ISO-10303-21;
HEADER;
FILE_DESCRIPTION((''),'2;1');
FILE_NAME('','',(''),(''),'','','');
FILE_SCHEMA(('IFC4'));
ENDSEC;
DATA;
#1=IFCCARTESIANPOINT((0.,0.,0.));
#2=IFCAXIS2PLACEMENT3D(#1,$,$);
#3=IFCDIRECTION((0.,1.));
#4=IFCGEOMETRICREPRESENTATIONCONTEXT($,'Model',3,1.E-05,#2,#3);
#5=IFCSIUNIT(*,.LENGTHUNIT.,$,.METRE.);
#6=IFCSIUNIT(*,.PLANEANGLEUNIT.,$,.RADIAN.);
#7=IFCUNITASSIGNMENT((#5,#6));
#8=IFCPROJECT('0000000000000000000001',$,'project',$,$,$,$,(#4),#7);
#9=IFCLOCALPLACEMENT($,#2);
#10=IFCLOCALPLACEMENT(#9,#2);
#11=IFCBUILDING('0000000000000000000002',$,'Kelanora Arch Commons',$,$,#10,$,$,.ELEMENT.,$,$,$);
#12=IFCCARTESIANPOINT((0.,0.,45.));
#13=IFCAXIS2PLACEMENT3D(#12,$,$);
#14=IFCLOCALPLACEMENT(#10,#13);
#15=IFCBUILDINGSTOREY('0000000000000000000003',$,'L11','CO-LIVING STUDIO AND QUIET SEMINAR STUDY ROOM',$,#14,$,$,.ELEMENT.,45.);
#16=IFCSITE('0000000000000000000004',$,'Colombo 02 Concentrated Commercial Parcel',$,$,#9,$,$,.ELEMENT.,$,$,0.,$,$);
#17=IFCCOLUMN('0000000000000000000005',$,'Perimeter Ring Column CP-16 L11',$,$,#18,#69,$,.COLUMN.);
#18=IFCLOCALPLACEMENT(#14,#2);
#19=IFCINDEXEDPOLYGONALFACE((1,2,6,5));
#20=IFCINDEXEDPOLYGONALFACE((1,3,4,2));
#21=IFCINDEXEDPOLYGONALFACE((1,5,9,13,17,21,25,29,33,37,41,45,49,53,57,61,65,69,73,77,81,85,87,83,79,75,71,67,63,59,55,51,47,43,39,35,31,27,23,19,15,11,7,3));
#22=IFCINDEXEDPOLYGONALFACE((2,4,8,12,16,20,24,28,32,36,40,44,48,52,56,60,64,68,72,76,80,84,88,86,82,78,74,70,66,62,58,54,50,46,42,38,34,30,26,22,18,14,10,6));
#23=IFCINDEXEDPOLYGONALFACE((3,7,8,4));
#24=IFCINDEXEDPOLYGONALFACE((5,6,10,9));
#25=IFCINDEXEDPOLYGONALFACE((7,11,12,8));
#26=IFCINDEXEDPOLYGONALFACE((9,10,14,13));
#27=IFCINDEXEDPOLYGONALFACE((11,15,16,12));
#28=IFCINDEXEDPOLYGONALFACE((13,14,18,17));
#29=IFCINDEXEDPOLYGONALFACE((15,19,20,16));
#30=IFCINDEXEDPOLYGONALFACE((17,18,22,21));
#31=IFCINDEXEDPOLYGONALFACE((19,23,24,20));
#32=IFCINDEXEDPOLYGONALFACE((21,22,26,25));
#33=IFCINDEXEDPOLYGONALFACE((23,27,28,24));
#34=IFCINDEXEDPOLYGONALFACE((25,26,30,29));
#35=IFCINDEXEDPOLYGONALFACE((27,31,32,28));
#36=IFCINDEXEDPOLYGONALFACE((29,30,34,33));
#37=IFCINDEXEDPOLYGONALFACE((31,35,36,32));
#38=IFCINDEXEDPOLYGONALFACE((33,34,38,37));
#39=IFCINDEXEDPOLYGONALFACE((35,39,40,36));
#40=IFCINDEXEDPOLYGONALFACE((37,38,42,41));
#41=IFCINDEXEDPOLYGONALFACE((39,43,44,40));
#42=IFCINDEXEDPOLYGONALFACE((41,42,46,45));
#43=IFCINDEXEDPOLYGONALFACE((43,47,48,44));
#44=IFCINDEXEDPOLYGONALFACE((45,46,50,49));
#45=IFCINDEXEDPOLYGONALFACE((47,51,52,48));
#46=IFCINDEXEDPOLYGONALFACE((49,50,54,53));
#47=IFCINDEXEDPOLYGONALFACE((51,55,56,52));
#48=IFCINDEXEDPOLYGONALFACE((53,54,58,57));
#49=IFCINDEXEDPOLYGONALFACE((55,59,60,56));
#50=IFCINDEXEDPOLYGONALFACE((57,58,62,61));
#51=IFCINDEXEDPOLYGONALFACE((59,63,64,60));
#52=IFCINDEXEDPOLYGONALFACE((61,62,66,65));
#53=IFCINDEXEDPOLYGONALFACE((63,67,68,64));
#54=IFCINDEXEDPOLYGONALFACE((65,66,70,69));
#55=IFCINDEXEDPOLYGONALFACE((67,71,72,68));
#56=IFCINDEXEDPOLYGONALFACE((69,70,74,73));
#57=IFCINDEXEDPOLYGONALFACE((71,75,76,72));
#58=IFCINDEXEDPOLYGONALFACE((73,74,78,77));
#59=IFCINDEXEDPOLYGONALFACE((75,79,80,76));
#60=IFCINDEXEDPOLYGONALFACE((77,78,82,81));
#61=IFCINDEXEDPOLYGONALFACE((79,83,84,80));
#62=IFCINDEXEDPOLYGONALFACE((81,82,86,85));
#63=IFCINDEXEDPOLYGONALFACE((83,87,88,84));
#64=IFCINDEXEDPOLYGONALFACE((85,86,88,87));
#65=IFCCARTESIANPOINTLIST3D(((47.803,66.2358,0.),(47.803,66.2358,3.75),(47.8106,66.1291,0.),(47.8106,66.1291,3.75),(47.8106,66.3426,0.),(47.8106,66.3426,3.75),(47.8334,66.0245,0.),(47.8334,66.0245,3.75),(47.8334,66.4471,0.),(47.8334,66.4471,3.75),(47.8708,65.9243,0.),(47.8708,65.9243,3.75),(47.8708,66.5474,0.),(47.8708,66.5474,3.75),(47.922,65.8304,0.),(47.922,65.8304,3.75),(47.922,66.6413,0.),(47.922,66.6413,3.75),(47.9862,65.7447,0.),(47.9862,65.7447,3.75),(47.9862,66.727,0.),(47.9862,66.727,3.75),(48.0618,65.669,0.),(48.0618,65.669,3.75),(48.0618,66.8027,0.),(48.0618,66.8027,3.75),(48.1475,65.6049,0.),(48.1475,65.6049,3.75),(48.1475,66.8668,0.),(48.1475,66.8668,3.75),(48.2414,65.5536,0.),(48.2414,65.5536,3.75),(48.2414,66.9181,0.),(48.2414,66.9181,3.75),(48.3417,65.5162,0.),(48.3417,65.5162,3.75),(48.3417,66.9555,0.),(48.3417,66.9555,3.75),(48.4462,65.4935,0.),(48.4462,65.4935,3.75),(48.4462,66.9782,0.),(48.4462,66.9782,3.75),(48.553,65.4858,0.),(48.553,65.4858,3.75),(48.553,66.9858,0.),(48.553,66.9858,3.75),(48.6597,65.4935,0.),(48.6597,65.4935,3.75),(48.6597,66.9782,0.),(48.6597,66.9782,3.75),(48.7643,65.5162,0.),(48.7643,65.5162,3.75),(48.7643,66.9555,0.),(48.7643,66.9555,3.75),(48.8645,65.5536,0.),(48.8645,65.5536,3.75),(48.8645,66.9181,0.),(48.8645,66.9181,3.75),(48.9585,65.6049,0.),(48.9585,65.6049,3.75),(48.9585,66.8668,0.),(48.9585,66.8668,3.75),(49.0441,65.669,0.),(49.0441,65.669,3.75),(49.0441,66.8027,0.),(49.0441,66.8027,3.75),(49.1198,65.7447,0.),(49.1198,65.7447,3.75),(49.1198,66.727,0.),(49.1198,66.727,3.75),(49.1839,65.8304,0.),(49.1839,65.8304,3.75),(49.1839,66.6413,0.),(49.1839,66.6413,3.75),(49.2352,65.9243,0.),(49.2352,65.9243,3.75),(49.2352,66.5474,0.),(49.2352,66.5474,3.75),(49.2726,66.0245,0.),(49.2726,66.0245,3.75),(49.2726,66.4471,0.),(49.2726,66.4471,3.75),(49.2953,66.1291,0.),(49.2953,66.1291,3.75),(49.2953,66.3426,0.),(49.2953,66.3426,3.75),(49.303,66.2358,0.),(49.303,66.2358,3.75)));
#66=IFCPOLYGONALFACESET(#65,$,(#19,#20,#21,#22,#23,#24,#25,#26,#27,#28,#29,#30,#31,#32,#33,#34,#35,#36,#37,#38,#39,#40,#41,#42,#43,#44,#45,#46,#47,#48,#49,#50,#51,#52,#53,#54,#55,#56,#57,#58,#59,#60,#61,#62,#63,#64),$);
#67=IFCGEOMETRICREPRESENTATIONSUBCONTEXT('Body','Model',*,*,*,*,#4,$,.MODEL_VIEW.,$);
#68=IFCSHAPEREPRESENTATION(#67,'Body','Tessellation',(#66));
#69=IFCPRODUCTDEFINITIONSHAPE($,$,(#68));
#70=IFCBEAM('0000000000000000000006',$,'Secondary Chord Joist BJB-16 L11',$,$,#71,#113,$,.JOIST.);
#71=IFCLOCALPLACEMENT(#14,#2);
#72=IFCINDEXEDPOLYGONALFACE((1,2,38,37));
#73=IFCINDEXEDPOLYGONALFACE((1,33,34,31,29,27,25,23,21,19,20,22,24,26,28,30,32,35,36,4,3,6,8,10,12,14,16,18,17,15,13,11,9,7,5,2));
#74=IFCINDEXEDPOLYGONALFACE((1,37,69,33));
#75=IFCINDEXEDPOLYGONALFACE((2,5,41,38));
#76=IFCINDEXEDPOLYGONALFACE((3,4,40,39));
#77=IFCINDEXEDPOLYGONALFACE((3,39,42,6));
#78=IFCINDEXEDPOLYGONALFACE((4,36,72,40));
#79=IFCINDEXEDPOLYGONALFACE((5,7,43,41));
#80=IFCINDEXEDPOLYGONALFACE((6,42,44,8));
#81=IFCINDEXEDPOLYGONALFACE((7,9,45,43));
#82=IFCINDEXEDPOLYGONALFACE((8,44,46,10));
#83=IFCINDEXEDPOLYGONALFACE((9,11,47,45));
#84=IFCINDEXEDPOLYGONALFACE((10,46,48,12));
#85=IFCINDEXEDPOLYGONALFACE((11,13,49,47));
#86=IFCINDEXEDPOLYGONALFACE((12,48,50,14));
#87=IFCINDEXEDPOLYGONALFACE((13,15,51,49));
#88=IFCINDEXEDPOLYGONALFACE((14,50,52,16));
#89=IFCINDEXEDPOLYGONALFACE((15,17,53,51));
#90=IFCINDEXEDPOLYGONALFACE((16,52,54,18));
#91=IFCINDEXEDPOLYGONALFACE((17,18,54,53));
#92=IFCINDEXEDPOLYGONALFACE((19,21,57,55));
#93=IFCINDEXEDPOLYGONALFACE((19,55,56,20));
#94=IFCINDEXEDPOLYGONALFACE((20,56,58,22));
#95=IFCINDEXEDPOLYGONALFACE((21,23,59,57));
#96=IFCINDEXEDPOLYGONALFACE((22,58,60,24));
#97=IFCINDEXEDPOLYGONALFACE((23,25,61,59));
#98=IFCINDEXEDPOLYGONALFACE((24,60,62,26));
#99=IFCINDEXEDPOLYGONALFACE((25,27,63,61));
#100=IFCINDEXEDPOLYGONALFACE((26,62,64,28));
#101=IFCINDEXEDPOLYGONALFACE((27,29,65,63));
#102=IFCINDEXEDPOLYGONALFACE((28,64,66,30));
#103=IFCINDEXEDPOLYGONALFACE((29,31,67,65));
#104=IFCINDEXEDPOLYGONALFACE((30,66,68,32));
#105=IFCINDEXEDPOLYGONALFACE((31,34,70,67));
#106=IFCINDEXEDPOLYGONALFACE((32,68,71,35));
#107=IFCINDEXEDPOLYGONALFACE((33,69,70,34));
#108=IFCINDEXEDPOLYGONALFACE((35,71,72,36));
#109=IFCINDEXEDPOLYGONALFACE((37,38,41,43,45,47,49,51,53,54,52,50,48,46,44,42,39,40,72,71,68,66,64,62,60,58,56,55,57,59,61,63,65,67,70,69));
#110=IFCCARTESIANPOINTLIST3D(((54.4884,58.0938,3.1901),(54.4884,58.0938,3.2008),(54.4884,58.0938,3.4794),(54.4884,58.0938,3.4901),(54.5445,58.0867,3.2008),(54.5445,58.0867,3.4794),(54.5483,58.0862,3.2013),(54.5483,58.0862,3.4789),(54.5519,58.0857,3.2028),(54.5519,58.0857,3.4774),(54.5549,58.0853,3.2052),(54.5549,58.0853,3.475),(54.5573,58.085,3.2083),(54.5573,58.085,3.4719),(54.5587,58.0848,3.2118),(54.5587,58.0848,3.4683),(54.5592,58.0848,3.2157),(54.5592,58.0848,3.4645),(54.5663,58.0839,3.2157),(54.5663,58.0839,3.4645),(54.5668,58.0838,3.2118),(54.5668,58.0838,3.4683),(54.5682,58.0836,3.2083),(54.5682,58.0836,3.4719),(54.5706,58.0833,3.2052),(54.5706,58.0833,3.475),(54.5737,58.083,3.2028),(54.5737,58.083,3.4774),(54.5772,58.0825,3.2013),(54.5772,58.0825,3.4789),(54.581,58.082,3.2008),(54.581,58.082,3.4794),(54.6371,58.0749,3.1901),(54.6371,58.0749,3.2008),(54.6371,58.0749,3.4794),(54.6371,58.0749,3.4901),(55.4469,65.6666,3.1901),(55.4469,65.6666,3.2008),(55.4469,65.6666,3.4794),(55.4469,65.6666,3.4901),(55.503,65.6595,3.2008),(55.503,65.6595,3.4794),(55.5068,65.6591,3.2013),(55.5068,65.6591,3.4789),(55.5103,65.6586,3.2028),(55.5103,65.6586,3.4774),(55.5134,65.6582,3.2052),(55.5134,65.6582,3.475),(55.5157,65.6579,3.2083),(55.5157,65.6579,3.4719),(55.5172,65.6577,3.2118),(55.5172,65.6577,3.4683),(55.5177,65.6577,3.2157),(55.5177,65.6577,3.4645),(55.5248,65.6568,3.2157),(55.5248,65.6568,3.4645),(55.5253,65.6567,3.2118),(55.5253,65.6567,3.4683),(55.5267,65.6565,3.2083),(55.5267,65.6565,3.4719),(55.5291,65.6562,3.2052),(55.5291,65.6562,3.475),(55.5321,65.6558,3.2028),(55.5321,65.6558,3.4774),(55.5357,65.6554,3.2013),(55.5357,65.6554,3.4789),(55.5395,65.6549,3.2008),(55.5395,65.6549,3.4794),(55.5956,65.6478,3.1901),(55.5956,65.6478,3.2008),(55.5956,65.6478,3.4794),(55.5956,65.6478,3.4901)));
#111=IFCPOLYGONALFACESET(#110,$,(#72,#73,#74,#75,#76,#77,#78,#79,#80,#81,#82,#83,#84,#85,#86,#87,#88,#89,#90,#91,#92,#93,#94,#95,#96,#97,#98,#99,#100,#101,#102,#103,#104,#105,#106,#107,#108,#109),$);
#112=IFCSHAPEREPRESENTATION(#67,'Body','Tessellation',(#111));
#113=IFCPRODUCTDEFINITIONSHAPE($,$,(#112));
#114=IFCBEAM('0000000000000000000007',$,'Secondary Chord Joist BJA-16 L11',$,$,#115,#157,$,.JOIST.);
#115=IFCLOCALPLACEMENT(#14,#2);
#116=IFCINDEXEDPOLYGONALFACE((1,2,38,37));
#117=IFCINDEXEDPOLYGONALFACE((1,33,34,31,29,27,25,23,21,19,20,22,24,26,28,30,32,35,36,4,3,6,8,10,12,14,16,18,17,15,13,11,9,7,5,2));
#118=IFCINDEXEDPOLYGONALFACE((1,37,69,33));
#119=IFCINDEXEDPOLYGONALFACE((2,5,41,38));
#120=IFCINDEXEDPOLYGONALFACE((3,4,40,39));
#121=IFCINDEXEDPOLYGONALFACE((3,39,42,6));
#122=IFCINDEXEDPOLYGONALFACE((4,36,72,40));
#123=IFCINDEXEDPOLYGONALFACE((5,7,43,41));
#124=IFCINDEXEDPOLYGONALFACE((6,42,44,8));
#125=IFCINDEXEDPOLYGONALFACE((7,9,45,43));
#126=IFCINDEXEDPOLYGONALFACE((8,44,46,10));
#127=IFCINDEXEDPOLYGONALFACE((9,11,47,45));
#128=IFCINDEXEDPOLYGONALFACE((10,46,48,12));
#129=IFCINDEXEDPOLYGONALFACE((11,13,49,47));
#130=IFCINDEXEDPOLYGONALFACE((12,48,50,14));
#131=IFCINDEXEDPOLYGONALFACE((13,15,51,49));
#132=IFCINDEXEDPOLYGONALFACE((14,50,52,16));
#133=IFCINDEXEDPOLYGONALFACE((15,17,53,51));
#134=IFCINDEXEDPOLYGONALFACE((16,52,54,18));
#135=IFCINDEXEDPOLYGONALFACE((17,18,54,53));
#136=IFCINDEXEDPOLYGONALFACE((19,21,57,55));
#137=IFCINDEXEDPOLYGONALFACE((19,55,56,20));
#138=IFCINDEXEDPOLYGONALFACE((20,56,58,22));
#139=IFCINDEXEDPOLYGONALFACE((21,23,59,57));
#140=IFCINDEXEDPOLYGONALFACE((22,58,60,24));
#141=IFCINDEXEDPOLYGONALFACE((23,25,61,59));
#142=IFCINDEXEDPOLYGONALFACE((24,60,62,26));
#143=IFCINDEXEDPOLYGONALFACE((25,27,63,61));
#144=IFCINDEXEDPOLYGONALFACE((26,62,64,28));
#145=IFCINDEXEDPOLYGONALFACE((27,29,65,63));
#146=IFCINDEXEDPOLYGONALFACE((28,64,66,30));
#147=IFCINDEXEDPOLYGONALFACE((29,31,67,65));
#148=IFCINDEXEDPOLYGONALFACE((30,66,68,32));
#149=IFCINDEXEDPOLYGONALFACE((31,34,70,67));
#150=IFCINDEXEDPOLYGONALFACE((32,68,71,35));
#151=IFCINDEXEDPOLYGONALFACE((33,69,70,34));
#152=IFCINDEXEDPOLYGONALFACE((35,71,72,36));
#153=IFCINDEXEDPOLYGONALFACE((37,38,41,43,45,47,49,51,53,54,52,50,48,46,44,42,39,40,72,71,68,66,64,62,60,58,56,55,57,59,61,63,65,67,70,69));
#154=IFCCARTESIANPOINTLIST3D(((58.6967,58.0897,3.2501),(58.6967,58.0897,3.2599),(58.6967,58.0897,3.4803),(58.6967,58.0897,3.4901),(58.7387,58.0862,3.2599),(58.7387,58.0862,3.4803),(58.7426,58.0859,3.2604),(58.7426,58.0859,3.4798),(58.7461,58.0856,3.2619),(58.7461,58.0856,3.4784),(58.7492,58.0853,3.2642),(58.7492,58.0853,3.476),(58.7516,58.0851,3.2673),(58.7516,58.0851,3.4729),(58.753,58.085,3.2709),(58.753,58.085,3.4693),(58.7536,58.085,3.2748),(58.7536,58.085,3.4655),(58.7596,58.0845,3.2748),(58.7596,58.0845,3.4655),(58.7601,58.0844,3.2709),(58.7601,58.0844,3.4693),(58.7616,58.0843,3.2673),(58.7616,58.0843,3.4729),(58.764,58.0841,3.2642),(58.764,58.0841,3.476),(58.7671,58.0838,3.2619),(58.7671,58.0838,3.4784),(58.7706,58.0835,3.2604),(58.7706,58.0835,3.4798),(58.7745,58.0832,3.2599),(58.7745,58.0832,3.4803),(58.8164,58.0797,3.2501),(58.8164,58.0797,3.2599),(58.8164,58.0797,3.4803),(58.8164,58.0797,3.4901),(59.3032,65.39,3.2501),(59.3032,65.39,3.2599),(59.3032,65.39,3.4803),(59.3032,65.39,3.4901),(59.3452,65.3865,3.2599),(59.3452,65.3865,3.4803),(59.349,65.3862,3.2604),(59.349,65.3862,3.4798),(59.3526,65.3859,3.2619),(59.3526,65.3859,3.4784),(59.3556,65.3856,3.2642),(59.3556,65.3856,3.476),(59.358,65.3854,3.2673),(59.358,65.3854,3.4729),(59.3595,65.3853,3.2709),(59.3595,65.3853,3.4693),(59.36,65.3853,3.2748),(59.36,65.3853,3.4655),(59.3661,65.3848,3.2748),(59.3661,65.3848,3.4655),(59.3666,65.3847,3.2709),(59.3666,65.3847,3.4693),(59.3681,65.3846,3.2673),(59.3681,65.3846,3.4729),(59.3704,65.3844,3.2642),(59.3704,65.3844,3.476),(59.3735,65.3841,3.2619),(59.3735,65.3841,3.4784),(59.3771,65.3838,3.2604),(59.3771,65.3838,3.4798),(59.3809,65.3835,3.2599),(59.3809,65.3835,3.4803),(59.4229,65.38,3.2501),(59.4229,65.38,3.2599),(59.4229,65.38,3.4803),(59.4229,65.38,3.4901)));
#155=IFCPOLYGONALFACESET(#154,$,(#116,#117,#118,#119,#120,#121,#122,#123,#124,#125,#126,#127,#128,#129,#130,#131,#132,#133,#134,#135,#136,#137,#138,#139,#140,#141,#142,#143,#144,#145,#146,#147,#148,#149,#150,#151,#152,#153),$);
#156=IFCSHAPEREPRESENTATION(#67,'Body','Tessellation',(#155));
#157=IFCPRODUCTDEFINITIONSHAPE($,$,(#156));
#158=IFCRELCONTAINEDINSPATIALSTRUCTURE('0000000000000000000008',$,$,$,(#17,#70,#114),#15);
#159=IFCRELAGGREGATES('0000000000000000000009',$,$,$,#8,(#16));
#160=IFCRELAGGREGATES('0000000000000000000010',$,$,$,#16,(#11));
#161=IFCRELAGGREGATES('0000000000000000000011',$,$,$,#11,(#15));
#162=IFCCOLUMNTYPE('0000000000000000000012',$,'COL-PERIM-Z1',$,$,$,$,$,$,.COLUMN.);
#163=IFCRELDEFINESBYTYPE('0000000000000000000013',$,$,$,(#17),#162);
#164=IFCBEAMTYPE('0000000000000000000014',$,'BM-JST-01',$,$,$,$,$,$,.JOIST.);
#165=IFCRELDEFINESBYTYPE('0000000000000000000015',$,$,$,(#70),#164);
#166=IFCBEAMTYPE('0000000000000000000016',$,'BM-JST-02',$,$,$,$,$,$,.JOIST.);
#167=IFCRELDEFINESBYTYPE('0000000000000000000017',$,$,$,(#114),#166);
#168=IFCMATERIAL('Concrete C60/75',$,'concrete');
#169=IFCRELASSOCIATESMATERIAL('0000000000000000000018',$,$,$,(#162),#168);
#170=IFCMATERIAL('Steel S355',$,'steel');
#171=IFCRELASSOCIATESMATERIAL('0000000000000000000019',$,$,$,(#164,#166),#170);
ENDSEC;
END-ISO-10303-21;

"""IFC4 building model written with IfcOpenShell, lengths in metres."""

from ifc_helpers import new_model, si_unit, direction, frame, origin, origin_2d, place, context, subcontext, project, spatial, circle, i_section, extrude, material, material_profile, profile_set, type_object, element, save


model = new_model("IFC4")

# Units and contexts
model_context = context("Model", 3, precision=1e-05, world=origin(), true_north=direction((0.0, 1.0)))
body_context = subcontext(model_context, "Body", "Model", "MODEL_VIEW")
ifc_project = project(units=[si_unit("LENGTHUNIT", "METRE"), si_unit("PLANEANGLEUNIT", "RADIAN")], contexts=[model_context])

# Site, building, storey
site_placement = place(None, origin())
site = spatial("IfcSite", under=ifc_project, at=site_placement, Name="Colombo 02 Concentrated Commercial Parcel", CompositionType="ELEMENT", RefElevation=0.0)
building_placement = place(site_placement, origin())
building = spatial("IfcBuilding", under=site, at=building_placement, Name="Kelanora Arch Commons", CompositionType="ELEMENT")
storey_placement = place(building_placement, frame((0.0, 0.0, 45.0)))
storey = spatial("IfcBuildingStorey", under=building, at=storey_placement, Name="L11", Description="CO-LIVING STUDIO AND QUIET SEMINAR STUDY ROOM", CompositionType="ELEMENT", Elevation=45.0)

# Column
ifc_material_1 = material(Name="Concrete C60/75", Category="concrete")
ifc_material_profile_1 = material_profile(ifc_material_1, circle(Radius=0.75, at=origin_2d()), Name="RCC1500")
ifc_profile_set_1 = profile_set([ifc_material_profile_1], Name="Concrete C60/75")
column_type = type_object("IfcColumnType", Name="COL-PERIM-Z1", PredefinedType="COLUMN", material=ifc_profile_set_1)
column_placement = place(storey_placement, frame((48.553, 66.2358, 0.0), z_axis=(0.0, 0.0, 1.0), x_axis=(1.0, 0.0, 0.0)))
element("IfcColumn", 1, at=column_placement, inside=storey, type_object=column_type, Name="Perimeter Ring Column CP-16 L11", PredefinedType="COLUMN", context=body_context, shape_type="SweptSolid", body=[
    extrude(circle(Radius=0.75, at=origin_2d()), origin(), (0.0, 0.0, 1.0), 3.75),
])

# Beams
ifc_material_2 = material(Name="Steel S355", Category="steel")
ifc_material_profile_2 = material_profile(ifc_material_2, i_section(OverallWidth=0.1499, OverallDepth=0.3, WebThickness=0.0071, FlangeThickness=0.0107, FilletRadius=0.0149, at=origin_2d()), Name="IPE300")
ifc_profile_set_2 = profile_set([ifc_material_profile_2], Name="Steel S355")
beam_type_1 = type_object("IfcBeamType", Name="BM-JST-01", PredefinedType="JOIST", material=ifc_profile_set_2)
beam_1_placement = place(storey_placement, frame((55.5212, 65.6572, 3.3401), z_axis=(-0.125566, -0.992085, 0.0), x_axis=(0.992085, -0.125566, 0.0)))
element("IfcBeam", 2, at=beam_1_placement, inside=storey, type_object=beam_type_1, Name="Secondary Chord Joist BJB-16 L11", PredefinedType="JOIST", context=body_context, shape_type="SweptSolid", body=[
    extrude(i_section(OverallWidth=0.1499, OverallDepth=0.3, WebThickness=0.0071, FlangeThickness=0.0107, FilletRadius=0.0149, at=origin_2d()), origin(), (0.0, 0.0, 1.0), 7.6333),
])
ifc_material_profile_3 = material_profile(ifc_material_2, i_section(OverallWidth=0.1201, OverallDepth=0.24, WebThickness=0.0061, FlangeThickness=0.0098, FilletRadius=0.0149, at=origin_2d()), Name="IPE240")
ifc_profile_set_3 = profile_set([ifc_material_profile_3], Name="Steel S355")
beam_type_2 = type_object("IfcBeamType", Name="BM-JST-02", PredefinedType="JOIST", material=ifc_profile_set_3)
beam_2_placement = place(storey_placement, frame((59.363, 65.385, 3.3701), z_axis=(-0.082786, -0.996567, 0.0), x_axis=(0.996567, -0.082786, 0.0)))
element("IfcBeam", 3, at=beam_2_placement, inside=storey, type_object=beam_type_2, Name="Secondary Chord Joist BJA-16 L11", PredefinedType="JOIST", context=body_context, shape_type="SweptSolid", body=[
    extrude(i_section(OverallWidth=0.1201, OverallDepth=0.24, WebThickness=0.0061, FlangeThickness=0.0098, FilletRadius=0.0149, at=origin_2d()), origin(), (0.0, 0.0, 1.0), 7.3254),
])

save(model, "model.ifc")
